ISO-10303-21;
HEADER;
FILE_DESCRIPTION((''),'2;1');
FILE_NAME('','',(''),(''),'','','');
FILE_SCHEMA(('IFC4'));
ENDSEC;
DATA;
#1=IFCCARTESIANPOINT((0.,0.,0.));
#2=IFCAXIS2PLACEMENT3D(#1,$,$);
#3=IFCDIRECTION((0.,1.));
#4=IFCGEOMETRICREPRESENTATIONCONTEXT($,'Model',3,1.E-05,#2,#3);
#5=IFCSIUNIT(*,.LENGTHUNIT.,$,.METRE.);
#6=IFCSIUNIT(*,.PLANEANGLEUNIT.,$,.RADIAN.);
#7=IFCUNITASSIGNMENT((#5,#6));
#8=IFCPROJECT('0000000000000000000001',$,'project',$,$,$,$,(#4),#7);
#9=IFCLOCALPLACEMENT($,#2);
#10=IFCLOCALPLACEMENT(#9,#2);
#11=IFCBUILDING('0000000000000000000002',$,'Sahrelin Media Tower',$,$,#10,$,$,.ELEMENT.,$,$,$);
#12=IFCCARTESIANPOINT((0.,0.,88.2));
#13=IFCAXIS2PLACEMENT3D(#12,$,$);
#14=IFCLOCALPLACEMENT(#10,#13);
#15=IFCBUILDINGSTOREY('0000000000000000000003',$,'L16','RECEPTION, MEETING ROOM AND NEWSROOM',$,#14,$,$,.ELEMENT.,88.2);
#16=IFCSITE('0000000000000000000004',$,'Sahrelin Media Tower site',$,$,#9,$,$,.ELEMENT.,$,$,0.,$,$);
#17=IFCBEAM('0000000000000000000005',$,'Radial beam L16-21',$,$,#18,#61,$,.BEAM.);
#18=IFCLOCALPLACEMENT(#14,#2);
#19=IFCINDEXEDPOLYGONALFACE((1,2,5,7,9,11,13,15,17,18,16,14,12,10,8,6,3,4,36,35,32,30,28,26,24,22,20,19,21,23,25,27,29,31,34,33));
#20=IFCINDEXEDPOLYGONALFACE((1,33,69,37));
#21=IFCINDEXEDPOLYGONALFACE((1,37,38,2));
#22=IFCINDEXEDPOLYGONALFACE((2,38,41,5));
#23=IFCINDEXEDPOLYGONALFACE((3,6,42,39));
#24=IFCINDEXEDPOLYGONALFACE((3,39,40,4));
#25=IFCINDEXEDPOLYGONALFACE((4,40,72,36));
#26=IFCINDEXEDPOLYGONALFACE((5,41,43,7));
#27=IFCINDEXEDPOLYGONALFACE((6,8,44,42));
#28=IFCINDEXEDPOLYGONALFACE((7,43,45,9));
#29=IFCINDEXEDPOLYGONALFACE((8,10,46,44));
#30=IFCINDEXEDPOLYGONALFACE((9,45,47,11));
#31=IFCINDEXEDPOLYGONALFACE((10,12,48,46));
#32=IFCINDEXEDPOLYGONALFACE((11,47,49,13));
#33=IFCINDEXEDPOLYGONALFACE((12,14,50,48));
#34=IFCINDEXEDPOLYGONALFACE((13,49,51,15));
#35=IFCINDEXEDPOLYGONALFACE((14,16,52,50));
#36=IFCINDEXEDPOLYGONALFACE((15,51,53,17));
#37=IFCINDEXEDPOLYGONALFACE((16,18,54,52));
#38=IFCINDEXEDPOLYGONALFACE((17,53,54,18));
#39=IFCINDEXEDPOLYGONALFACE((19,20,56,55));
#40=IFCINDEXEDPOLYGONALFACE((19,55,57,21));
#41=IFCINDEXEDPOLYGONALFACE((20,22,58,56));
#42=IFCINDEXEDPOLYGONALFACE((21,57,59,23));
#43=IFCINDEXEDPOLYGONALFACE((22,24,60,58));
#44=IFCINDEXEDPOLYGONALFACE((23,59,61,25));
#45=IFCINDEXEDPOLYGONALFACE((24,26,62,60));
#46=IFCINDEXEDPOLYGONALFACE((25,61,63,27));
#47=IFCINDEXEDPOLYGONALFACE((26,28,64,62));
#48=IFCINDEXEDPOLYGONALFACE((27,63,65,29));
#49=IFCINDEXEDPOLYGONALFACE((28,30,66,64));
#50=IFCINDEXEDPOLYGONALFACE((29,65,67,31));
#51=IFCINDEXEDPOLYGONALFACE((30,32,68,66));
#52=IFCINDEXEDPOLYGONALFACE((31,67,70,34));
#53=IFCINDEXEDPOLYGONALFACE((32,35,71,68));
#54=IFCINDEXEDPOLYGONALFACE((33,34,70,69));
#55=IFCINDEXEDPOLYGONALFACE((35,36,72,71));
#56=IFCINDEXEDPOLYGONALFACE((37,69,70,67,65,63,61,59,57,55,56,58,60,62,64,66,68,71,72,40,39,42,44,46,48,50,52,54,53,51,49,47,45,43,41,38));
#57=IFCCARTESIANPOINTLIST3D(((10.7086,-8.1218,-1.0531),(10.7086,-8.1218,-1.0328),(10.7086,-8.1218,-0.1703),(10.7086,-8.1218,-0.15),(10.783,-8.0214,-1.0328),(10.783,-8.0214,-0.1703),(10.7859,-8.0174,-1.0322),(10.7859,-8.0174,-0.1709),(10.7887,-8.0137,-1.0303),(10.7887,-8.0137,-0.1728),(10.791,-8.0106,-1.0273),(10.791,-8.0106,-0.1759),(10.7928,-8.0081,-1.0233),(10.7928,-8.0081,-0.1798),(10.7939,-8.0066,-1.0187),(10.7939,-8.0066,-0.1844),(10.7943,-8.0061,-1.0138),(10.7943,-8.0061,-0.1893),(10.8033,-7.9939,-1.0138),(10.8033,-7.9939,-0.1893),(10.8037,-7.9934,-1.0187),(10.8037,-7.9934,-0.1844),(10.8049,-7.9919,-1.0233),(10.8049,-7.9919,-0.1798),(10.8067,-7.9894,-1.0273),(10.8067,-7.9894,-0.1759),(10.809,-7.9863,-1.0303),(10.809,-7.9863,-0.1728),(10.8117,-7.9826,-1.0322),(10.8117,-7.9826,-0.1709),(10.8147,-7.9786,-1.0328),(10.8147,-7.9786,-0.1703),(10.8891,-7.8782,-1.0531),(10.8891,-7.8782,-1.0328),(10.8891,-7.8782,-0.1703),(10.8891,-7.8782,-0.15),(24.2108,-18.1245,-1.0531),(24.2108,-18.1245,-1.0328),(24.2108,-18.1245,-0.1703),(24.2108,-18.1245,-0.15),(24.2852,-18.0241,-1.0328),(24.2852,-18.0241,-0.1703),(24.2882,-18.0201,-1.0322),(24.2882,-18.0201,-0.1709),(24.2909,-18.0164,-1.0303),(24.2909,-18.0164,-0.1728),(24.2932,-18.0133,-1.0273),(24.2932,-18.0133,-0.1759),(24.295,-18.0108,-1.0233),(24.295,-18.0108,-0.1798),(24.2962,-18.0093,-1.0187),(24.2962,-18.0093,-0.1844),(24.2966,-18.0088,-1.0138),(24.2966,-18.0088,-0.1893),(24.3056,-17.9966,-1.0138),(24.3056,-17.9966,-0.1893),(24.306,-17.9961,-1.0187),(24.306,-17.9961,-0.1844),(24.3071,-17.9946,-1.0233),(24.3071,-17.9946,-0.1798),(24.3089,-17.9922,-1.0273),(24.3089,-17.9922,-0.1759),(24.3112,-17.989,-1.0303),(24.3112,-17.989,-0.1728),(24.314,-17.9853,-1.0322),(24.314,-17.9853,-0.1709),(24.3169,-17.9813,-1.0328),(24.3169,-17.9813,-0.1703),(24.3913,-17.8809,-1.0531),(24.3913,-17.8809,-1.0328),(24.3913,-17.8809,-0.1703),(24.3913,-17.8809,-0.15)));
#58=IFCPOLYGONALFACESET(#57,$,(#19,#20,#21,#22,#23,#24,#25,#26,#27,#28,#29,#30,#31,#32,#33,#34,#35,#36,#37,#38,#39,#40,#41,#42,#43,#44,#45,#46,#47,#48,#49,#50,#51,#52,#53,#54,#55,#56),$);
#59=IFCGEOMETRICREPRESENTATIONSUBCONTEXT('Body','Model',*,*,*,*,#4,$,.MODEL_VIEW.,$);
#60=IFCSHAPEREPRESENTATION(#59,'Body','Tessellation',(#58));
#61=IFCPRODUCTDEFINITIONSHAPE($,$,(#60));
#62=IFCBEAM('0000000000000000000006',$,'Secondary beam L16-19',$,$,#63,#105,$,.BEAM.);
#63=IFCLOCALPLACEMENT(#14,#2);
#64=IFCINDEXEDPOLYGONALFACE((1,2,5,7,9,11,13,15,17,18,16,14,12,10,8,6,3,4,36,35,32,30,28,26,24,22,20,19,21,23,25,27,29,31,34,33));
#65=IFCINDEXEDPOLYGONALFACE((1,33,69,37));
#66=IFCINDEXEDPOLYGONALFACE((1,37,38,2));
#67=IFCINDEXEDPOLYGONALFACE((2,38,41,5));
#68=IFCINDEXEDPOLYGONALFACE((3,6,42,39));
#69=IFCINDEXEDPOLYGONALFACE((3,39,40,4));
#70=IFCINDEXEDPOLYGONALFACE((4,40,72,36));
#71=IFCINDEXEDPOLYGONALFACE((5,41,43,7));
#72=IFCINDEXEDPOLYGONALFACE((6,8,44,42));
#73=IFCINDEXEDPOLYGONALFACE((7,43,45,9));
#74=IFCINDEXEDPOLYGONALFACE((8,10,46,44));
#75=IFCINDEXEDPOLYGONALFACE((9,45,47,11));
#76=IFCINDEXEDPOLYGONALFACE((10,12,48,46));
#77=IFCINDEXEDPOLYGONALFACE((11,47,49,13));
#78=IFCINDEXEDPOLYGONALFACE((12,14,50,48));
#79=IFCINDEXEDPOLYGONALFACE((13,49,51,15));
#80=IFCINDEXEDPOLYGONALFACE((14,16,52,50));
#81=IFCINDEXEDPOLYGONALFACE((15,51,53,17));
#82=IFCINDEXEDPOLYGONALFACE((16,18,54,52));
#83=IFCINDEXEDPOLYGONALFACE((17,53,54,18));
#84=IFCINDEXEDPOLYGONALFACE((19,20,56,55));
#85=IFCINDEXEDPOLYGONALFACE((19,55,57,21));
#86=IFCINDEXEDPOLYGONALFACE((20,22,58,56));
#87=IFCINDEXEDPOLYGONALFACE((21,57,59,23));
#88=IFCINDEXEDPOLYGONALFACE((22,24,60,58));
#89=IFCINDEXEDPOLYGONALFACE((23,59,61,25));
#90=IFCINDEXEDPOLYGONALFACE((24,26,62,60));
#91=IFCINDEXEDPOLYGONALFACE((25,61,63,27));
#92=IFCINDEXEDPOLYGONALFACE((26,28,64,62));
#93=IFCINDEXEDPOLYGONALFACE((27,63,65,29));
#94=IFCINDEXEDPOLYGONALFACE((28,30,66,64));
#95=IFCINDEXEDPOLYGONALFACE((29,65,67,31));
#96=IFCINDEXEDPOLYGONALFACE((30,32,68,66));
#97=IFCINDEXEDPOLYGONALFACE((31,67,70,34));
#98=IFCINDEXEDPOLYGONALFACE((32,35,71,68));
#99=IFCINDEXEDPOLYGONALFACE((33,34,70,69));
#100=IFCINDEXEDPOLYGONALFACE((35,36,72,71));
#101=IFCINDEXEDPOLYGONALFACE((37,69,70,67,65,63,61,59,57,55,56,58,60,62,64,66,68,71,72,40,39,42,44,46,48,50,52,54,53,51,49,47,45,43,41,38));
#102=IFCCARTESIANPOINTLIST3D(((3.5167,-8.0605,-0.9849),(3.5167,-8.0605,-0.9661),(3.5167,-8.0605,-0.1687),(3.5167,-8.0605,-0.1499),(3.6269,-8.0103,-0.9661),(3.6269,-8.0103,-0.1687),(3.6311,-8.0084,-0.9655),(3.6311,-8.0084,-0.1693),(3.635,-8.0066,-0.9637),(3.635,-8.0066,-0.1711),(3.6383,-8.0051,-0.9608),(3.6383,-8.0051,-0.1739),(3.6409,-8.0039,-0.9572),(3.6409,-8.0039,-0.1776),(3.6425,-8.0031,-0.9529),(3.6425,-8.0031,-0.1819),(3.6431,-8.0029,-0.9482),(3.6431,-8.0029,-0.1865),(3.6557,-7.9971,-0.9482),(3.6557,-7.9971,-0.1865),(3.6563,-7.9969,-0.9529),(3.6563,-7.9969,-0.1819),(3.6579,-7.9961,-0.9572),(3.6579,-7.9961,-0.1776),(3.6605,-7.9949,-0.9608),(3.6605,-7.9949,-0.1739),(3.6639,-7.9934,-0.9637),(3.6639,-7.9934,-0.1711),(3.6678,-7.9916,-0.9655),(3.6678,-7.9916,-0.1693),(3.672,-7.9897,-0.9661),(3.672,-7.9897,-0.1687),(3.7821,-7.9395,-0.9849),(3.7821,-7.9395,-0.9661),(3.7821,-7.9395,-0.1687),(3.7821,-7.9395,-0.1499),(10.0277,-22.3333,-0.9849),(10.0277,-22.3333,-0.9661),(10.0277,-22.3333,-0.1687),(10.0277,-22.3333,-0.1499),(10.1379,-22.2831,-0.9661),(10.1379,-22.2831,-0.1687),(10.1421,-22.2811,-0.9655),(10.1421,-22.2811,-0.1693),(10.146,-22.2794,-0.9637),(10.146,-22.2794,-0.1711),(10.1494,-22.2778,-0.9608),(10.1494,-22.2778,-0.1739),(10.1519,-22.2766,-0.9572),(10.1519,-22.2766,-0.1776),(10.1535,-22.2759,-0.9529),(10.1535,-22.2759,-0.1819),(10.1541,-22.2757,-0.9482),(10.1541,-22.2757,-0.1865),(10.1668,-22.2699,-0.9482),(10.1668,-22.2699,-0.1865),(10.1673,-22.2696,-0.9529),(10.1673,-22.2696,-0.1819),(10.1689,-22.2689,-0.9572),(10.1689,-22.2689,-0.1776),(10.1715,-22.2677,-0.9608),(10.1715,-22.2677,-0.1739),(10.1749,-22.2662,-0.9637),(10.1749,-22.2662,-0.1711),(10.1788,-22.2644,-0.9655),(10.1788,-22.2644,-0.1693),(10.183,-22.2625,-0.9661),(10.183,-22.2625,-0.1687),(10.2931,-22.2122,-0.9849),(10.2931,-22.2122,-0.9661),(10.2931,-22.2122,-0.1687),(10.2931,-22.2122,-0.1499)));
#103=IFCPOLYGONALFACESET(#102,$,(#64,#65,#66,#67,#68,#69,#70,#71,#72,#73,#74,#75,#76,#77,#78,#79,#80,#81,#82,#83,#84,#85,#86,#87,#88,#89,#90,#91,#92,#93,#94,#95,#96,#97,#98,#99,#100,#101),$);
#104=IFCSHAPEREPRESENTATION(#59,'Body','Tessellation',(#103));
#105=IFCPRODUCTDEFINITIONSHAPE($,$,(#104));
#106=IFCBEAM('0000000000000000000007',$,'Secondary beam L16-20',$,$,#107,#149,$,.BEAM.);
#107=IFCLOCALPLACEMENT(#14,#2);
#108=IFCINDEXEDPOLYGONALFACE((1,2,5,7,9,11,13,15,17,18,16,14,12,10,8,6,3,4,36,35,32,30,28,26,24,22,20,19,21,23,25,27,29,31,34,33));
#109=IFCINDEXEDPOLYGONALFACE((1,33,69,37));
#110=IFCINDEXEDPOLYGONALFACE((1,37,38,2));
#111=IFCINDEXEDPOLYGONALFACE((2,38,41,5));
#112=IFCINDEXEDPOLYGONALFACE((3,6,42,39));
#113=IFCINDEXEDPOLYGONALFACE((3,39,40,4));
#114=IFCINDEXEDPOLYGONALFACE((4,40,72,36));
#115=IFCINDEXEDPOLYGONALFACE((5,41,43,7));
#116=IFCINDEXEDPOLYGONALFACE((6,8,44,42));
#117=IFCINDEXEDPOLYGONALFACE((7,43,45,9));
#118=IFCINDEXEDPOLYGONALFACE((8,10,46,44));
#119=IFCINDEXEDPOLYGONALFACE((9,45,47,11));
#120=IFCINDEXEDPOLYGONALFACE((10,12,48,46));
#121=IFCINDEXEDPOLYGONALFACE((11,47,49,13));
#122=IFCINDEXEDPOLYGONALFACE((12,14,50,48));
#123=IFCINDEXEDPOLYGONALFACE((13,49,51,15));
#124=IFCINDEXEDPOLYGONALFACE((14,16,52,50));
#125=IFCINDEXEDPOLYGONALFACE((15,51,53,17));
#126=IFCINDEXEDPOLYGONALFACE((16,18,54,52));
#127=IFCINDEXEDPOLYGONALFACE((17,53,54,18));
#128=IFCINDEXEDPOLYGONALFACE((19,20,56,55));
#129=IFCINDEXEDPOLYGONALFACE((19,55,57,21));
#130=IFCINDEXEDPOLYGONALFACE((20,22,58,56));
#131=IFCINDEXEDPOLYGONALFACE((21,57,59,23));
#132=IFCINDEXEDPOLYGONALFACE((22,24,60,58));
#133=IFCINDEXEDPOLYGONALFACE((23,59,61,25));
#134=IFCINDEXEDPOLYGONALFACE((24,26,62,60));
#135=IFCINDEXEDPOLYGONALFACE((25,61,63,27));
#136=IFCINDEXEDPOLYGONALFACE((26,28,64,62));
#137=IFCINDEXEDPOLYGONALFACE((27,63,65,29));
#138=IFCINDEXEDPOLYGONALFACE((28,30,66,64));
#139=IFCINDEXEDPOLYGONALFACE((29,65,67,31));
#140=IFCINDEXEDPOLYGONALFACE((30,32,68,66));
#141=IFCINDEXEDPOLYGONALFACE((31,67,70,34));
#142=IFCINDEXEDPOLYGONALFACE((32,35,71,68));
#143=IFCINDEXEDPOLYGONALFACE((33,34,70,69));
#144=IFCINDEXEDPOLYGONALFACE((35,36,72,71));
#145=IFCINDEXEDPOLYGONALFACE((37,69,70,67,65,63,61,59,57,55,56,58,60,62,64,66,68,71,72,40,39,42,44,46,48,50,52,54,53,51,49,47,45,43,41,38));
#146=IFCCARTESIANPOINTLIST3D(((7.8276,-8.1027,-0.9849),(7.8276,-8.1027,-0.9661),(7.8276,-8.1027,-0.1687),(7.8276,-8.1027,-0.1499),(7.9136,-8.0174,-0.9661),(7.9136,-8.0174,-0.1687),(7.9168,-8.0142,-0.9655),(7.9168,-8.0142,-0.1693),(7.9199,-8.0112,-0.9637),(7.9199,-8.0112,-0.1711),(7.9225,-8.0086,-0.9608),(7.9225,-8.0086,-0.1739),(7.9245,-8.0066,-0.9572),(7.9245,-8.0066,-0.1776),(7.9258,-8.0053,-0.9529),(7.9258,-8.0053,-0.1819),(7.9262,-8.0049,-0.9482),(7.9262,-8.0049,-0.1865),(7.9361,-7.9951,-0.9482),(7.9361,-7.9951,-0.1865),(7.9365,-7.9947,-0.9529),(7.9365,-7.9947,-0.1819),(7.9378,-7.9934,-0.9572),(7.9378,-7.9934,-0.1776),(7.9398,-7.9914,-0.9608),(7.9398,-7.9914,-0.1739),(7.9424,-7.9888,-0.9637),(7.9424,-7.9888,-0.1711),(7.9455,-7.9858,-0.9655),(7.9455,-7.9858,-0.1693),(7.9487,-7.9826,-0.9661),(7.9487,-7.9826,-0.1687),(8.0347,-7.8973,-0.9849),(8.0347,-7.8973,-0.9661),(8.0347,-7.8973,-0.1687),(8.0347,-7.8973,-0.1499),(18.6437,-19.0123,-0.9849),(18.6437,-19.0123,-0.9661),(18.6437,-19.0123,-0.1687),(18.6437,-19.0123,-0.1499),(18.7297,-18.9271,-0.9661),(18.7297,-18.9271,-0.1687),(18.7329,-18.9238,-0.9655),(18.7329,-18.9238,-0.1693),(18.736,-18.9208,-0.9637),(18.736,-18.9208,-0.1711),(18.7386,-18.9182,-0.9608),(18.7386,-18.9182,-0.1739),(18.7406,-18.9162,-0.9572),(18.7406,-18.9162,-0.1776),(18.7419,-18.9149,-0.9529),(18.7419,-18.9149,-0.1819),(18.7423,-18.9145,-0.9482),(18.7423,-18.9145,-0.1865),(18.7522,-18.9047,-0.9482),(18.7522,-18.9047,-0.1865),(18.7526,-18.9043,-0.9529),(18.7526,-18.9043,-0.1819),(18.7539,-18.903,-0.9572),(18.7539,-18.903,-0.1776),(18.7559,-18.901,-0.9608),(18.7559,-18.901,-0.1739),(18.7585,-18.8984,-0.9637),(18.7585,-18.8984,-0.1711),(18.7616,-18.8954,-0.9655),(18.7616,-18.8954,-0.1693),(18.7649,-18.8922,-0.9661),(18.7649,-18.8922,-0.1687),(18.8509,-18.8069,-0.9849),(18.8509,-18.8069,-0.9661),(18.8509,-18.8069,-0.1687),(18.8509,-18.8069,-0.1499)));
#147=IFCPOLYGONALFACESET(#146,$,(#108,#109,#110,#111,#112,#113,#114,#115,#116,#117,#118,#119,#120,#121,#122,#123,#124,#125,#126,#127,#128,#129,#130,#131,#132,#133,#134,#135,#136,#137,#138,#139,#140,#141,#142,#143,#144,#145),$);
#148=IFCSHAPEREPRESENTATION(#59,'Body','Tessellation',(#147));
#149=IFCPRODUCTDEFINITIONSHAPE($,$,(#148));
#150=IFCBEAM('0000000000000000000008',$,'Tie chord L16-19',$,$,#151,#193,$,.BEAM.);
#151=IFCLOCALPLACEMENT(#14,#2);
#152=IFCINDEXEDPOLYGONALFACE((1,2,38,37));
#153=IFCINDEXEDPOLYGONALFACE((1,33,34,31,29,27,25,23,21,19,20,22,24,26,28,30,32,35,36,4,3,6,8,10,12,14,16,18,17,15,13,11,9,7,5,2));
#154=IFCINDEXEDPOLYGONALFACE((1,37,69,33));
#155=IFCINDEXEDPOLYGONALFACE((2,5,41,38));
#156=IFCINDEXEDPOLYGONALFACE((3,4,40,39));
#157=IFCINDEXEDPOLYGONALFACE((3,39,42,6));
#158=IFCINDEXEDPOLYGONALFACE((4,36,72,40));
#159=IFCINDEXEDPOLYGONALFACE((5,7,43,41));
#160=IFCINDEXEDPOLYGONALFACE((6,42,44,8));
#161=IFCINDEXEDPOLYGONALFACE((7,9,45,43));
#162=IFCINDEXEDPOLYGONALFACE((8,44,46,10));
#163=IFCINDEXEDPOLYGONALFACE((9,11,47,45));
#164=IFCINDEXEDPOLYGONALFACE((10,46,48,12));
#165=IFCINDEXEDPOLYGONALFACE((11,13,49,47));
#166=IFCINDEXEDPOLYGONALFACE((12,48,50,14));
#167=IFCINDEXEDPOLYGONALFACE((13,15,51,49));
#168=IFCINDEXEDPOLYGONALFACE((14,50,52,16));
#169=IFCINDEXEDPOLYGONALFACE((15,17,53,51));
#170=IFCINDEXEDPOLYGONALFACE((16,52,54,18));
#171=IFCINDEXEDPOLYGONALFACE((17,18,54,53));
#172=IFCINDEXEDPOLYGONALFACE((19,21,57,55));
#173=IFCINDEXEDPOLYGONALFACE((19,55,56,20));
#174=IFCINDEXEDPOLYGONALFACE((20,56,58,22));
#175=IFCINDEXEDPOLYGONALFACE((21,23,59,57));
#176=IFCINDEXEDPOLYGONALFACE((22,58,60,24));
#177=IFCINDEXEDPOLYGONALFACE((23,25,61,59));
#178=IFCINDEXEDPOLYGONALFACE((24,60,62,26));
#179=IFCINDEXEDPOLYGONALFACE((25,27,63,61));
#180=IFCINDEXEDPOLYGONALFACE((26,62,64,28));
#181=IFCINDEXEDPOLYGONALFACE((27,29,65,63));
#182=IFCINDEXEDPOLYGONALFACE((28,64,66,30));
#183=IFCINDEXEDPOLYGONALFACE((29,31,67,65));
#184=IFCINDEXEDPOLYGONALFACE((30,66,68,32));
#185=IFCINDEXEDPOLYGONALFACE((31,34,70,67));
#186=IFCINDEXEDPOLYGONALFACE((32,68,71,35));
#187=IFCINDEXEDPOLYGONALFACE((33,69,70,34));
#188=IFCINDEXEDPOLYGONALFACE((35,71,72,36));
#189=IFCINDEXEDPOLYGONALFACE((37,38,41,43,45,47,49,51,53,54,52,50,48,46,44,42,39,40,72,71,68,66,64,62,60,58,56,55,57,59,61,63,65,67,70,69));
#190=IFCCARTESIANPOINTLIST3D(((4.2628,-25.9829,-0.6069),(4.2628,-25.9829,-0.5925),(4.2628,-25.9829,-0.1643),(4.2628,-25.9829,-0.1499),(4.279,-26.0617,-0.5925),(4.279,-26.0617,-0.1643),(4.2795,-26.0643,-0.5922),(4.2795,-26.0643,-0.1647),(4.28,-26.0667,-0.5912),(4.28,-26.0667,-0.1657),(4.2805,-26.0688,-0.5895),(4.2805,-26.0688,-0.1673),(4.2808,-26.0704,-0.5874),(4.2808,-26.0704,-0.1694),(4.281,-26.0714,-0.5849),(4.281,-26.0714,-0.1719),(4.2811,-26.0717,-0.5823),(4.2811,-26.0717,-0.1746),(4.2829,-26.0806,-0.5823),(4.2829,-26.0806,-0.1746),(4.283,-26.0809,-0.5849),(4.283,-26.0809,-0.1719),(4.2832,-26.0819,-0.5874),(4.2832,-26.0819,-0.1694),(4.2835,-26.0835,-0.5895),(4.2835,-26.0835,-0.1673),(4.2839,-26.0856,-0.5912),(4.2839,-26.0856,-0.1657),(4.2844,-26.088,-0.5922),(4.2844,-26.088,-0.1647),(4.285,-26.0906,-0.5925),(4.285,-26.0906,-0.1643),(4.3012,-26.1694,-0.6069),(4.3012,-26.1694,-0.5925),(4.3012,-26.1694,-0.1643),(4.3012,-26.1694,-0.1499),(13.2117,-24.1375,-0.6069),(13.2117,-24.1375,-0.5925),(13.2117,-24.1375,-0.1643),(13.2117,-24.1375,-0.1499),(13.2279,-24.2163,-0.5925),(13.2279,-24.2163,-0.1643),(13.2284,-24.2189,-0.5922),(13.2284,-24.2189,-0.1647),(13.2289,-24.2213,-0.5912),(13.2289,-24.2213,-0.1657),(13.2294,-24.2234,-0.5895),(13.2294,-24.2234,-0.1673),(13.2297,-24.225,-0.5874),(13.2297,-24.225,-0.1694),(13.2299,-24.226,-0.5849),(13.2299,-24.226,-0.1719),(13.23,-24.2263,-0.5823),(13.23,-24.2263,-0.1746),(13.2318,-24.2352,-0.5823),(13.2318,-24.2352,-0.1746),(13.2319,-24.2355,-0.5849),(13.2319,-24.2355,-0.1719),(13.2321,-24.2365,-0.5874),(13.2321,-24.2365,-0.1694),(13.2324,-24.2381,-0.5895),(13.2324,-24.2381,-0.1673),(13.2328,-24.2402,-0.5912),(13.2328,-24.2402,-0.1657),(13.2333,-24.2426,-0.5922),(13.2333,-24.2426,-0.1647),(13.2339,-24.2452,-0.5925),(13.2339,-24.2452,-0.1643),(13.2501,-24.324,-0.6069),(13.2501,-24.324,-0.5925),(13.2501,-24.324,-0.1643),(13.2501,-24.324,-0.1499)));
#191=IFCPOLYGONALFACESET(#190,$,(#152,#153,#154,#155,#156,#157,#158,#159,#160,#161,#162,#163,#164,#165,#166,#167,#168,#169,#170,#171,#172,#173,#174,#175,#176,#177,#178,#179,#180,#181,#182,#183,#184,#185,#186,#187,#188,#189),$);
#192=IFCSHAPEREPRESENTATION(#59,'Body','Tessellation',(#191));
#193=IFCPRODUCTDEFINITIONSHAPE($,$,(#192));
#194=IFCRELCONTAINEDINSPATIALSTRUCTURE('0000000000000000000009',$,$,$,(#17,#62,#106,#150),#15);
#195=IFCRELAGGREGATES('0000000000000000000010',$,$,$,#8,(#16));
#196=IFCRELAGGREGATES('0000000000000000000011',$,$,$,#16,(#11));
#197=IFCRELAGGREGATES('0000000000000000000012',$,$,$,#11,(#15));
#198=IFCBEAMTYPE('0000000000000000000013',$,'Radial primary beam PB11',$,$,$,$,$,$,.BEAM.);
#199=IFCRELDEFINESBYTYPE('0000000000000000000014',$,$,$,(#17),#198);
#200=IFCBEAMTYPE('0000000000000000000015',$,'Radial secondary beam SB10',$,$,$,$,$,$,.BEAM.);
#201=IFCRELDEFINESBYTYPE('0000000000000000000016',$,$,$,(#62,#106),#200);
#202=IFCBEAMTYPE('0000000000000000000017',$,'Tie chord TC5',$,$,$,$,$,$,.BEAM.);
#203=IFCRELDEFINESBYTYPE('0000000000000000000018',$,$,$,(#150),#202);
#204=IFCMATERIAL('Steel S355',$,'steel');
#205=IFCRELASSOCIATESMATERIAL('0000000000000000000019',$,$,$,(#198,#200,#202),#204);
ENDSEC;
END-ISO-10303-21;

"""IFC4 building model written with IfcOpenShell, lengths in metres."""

from ifc_helpers import new_model, si_unit, direction, frame, origin, origin_2d, place, context, subcontext, project, spatial, i_section, extrude, material, material_profile, profile_set, type_object, element, save


model = new_model("IFC4")

# Units and contexts
model_context = context("Model", 3, precision=1e-05, world=origin(), true_north=direction((0.0, 1.0)))
body_context = subcontext(model_context, "Body", "Model", "MODEL_VIEW")
ifc_project = project(units=[si_unit("LENGTHUNIT", "METRE"), si_unit("PLANEANGLEUNIT", "RADIAN")], contexts=[model_context])

# Site, building, storey
site_placement = place(None, origin())
site = spatial("IfcSite", under=ifc_project, at=site_placement, Name="Sahrelin Media Tower site", CompositionType="ELEMENT", RefElevation=0.0)
building_placement = place(site_placement, origin())
building = spatial("IfcBuilding", under=site, at=building_placement, Name="Sahrelin Media Tower", CompositionType="ELEMENT")
storey_placement = place(building_placement, frame((0.0, 0.0, 88.2)))
storey = spatial("IfcBuildingStorey", under=building, at=storey_placement, Name="L16", Description="RECEPTION, MEETING ROOM AND NEWSROOM", CompositionType="ELEMENT", Elevation=88.2)

# Shared definitions
ifc_material_1 = material(Name="Steel S355", Category="steel")

# Beams
ifc_material_profile_1 = material_profile(ifc_material_1, i_section(OverallWidth=0.3032, OverallDepth=0.9031, WebThickness=0.0151, FlangeThickness=0.0203, FilletRadius=0.019, at=origin_2d()), Name="UB 914x305x201")
ifc_profile_set_1 = profile_set([ifc_material_profile_1], Name="Steel S355")
beam_type_1 = type_object("IfcBeamType", Name="Radial primary beam PB11", PredefinedType="BEAM", material=ifc_profile_set_1)
beam_1_placement = place(storey_placement, frame((10.7988, -8.0, -0.6016), z_axis=(0.803527, -0.595268, 0.0), x_axis=(0.595268, 0.803527, 0.0)))
element("IfcBeam", 1, at=beam_1_placement, inside=storey, type_object=beam_type_1, Name="Radial beam L16-21", PredefinedType="BEAM", context=body_context, shape_type="SweptSolid", body=[
    extrude(i_section(OverallWidth=0.3032, OverallDepth=0.9031, WebThickness=0.0151, FlangeThickness=0.0203, FilletRadius=0.019, at=origin_2d()), origin(), (0.0, 0.0, 1.0), 16.8037),
])
ifc_material_profile_2 = material_profile(ifc_material_1, i_section(OverallWidth=0.2917, OverallDepth=0.835, WebThickness=0.0139, FlangeThickness=0.0188, FilletRadius=0.0178, at=origin_2d()), Name="UB 838x292x176")
ifc_profile_set_2 = profile_set([ifc_material_profile_2], Name="Steel S355")
beam_type_2 = type_object("IfcBeamType", Name="Radial secondary beam SB10", PredefinedType="BEAM", material=ifc_profile_set_2)
beam_2_placement = place(storey_placement, frame((3.6494, -8.0, -0.5674), z_axis=(0.415038, -0.909804, 0.0), x_axis=(0.909804, 0.415038, 0.0)))
element("IfcBeam", 2, at=beam_2_placement, inside=storey, type_object=beam_type_2, Name="Secondary beam L16-19", PredefinedType="BEAM", context=body_context, shape_type="SweptSolid", body=[
    extrude(i_section(OverallWidth=0.2917, OverallDepth=0.835, WebThickness=0.0139, FlangeThickness=0.0188, FilletRadius=0.0178, at=origin_2d()), origin(), (0.0, 0.0, 1.0), 15.6877),
])
beam_3_placement = place(storey_placement, frame((7.9312, -8.0, -0.5674), z_axis=(0.704057, -0.710144, 0.0), x_axis=(0.710144, 0.704057, 0.0)))
element("IfcBeam", 3, at=beam_3_placement, inside=storey, type_object=beam_type_2, Name="Secondary beam L16-20", PredefinedType="BEAM", context=body_context, shape_type="SweptSolid", body=[
    extrude(i_section(OverallWidth=0.2917, OverallDepth=0.835, WebThickness=0.0139, FlangeThickness=0.0188, FilletRadius=0.0178, at=origin_2d()), origin(), (0.0, 0.0, 1.0), 15.3625),
])
ifc_material_profile_3 = material_profile(ifc_material_1, i_section(OverallWidth=0.1904, OverallDepth=0.457, WebThickness=0.009, FlangeThickness=0.0144, FilletRadius=0.0103, at=origin_2d()), Name="UB 457x191x74")
ifc_profile_set_3 = profile_set([ifc_material_profile_3], Name="Steel S355")
beam_type_3 = type_object("IfcBeamType", Name="Tie chord TC5", PredefinedType="BEAM", material=ifc_profile_set_3)
beam_4_placement = place(storey_placement, frame((4.282, -26.0762, -0.3784), z_axis=(0.979392, 0.20197, 0.0), x_axis=(-0.20197, 0.979392, 0.0)))
element("IfcBeam", 4, at=beam_4_placement, inside=storey, type_object=beam_type_3, Name="Tie chord L16-19", PredefinedType="BEAM", context=body_context, shape_type="SweptSolid", body=[
    extrude(i_section(OverallWidth=0.1904, OverallDepth=0.457, WebThickness=0.009, FlangeThickness=0.0144, FilletRadius=0.0103, at=origin_2d()), origin(), (0.0, 0.0, 1.0), 9.1372),
])

save(model, "model.ifc")
